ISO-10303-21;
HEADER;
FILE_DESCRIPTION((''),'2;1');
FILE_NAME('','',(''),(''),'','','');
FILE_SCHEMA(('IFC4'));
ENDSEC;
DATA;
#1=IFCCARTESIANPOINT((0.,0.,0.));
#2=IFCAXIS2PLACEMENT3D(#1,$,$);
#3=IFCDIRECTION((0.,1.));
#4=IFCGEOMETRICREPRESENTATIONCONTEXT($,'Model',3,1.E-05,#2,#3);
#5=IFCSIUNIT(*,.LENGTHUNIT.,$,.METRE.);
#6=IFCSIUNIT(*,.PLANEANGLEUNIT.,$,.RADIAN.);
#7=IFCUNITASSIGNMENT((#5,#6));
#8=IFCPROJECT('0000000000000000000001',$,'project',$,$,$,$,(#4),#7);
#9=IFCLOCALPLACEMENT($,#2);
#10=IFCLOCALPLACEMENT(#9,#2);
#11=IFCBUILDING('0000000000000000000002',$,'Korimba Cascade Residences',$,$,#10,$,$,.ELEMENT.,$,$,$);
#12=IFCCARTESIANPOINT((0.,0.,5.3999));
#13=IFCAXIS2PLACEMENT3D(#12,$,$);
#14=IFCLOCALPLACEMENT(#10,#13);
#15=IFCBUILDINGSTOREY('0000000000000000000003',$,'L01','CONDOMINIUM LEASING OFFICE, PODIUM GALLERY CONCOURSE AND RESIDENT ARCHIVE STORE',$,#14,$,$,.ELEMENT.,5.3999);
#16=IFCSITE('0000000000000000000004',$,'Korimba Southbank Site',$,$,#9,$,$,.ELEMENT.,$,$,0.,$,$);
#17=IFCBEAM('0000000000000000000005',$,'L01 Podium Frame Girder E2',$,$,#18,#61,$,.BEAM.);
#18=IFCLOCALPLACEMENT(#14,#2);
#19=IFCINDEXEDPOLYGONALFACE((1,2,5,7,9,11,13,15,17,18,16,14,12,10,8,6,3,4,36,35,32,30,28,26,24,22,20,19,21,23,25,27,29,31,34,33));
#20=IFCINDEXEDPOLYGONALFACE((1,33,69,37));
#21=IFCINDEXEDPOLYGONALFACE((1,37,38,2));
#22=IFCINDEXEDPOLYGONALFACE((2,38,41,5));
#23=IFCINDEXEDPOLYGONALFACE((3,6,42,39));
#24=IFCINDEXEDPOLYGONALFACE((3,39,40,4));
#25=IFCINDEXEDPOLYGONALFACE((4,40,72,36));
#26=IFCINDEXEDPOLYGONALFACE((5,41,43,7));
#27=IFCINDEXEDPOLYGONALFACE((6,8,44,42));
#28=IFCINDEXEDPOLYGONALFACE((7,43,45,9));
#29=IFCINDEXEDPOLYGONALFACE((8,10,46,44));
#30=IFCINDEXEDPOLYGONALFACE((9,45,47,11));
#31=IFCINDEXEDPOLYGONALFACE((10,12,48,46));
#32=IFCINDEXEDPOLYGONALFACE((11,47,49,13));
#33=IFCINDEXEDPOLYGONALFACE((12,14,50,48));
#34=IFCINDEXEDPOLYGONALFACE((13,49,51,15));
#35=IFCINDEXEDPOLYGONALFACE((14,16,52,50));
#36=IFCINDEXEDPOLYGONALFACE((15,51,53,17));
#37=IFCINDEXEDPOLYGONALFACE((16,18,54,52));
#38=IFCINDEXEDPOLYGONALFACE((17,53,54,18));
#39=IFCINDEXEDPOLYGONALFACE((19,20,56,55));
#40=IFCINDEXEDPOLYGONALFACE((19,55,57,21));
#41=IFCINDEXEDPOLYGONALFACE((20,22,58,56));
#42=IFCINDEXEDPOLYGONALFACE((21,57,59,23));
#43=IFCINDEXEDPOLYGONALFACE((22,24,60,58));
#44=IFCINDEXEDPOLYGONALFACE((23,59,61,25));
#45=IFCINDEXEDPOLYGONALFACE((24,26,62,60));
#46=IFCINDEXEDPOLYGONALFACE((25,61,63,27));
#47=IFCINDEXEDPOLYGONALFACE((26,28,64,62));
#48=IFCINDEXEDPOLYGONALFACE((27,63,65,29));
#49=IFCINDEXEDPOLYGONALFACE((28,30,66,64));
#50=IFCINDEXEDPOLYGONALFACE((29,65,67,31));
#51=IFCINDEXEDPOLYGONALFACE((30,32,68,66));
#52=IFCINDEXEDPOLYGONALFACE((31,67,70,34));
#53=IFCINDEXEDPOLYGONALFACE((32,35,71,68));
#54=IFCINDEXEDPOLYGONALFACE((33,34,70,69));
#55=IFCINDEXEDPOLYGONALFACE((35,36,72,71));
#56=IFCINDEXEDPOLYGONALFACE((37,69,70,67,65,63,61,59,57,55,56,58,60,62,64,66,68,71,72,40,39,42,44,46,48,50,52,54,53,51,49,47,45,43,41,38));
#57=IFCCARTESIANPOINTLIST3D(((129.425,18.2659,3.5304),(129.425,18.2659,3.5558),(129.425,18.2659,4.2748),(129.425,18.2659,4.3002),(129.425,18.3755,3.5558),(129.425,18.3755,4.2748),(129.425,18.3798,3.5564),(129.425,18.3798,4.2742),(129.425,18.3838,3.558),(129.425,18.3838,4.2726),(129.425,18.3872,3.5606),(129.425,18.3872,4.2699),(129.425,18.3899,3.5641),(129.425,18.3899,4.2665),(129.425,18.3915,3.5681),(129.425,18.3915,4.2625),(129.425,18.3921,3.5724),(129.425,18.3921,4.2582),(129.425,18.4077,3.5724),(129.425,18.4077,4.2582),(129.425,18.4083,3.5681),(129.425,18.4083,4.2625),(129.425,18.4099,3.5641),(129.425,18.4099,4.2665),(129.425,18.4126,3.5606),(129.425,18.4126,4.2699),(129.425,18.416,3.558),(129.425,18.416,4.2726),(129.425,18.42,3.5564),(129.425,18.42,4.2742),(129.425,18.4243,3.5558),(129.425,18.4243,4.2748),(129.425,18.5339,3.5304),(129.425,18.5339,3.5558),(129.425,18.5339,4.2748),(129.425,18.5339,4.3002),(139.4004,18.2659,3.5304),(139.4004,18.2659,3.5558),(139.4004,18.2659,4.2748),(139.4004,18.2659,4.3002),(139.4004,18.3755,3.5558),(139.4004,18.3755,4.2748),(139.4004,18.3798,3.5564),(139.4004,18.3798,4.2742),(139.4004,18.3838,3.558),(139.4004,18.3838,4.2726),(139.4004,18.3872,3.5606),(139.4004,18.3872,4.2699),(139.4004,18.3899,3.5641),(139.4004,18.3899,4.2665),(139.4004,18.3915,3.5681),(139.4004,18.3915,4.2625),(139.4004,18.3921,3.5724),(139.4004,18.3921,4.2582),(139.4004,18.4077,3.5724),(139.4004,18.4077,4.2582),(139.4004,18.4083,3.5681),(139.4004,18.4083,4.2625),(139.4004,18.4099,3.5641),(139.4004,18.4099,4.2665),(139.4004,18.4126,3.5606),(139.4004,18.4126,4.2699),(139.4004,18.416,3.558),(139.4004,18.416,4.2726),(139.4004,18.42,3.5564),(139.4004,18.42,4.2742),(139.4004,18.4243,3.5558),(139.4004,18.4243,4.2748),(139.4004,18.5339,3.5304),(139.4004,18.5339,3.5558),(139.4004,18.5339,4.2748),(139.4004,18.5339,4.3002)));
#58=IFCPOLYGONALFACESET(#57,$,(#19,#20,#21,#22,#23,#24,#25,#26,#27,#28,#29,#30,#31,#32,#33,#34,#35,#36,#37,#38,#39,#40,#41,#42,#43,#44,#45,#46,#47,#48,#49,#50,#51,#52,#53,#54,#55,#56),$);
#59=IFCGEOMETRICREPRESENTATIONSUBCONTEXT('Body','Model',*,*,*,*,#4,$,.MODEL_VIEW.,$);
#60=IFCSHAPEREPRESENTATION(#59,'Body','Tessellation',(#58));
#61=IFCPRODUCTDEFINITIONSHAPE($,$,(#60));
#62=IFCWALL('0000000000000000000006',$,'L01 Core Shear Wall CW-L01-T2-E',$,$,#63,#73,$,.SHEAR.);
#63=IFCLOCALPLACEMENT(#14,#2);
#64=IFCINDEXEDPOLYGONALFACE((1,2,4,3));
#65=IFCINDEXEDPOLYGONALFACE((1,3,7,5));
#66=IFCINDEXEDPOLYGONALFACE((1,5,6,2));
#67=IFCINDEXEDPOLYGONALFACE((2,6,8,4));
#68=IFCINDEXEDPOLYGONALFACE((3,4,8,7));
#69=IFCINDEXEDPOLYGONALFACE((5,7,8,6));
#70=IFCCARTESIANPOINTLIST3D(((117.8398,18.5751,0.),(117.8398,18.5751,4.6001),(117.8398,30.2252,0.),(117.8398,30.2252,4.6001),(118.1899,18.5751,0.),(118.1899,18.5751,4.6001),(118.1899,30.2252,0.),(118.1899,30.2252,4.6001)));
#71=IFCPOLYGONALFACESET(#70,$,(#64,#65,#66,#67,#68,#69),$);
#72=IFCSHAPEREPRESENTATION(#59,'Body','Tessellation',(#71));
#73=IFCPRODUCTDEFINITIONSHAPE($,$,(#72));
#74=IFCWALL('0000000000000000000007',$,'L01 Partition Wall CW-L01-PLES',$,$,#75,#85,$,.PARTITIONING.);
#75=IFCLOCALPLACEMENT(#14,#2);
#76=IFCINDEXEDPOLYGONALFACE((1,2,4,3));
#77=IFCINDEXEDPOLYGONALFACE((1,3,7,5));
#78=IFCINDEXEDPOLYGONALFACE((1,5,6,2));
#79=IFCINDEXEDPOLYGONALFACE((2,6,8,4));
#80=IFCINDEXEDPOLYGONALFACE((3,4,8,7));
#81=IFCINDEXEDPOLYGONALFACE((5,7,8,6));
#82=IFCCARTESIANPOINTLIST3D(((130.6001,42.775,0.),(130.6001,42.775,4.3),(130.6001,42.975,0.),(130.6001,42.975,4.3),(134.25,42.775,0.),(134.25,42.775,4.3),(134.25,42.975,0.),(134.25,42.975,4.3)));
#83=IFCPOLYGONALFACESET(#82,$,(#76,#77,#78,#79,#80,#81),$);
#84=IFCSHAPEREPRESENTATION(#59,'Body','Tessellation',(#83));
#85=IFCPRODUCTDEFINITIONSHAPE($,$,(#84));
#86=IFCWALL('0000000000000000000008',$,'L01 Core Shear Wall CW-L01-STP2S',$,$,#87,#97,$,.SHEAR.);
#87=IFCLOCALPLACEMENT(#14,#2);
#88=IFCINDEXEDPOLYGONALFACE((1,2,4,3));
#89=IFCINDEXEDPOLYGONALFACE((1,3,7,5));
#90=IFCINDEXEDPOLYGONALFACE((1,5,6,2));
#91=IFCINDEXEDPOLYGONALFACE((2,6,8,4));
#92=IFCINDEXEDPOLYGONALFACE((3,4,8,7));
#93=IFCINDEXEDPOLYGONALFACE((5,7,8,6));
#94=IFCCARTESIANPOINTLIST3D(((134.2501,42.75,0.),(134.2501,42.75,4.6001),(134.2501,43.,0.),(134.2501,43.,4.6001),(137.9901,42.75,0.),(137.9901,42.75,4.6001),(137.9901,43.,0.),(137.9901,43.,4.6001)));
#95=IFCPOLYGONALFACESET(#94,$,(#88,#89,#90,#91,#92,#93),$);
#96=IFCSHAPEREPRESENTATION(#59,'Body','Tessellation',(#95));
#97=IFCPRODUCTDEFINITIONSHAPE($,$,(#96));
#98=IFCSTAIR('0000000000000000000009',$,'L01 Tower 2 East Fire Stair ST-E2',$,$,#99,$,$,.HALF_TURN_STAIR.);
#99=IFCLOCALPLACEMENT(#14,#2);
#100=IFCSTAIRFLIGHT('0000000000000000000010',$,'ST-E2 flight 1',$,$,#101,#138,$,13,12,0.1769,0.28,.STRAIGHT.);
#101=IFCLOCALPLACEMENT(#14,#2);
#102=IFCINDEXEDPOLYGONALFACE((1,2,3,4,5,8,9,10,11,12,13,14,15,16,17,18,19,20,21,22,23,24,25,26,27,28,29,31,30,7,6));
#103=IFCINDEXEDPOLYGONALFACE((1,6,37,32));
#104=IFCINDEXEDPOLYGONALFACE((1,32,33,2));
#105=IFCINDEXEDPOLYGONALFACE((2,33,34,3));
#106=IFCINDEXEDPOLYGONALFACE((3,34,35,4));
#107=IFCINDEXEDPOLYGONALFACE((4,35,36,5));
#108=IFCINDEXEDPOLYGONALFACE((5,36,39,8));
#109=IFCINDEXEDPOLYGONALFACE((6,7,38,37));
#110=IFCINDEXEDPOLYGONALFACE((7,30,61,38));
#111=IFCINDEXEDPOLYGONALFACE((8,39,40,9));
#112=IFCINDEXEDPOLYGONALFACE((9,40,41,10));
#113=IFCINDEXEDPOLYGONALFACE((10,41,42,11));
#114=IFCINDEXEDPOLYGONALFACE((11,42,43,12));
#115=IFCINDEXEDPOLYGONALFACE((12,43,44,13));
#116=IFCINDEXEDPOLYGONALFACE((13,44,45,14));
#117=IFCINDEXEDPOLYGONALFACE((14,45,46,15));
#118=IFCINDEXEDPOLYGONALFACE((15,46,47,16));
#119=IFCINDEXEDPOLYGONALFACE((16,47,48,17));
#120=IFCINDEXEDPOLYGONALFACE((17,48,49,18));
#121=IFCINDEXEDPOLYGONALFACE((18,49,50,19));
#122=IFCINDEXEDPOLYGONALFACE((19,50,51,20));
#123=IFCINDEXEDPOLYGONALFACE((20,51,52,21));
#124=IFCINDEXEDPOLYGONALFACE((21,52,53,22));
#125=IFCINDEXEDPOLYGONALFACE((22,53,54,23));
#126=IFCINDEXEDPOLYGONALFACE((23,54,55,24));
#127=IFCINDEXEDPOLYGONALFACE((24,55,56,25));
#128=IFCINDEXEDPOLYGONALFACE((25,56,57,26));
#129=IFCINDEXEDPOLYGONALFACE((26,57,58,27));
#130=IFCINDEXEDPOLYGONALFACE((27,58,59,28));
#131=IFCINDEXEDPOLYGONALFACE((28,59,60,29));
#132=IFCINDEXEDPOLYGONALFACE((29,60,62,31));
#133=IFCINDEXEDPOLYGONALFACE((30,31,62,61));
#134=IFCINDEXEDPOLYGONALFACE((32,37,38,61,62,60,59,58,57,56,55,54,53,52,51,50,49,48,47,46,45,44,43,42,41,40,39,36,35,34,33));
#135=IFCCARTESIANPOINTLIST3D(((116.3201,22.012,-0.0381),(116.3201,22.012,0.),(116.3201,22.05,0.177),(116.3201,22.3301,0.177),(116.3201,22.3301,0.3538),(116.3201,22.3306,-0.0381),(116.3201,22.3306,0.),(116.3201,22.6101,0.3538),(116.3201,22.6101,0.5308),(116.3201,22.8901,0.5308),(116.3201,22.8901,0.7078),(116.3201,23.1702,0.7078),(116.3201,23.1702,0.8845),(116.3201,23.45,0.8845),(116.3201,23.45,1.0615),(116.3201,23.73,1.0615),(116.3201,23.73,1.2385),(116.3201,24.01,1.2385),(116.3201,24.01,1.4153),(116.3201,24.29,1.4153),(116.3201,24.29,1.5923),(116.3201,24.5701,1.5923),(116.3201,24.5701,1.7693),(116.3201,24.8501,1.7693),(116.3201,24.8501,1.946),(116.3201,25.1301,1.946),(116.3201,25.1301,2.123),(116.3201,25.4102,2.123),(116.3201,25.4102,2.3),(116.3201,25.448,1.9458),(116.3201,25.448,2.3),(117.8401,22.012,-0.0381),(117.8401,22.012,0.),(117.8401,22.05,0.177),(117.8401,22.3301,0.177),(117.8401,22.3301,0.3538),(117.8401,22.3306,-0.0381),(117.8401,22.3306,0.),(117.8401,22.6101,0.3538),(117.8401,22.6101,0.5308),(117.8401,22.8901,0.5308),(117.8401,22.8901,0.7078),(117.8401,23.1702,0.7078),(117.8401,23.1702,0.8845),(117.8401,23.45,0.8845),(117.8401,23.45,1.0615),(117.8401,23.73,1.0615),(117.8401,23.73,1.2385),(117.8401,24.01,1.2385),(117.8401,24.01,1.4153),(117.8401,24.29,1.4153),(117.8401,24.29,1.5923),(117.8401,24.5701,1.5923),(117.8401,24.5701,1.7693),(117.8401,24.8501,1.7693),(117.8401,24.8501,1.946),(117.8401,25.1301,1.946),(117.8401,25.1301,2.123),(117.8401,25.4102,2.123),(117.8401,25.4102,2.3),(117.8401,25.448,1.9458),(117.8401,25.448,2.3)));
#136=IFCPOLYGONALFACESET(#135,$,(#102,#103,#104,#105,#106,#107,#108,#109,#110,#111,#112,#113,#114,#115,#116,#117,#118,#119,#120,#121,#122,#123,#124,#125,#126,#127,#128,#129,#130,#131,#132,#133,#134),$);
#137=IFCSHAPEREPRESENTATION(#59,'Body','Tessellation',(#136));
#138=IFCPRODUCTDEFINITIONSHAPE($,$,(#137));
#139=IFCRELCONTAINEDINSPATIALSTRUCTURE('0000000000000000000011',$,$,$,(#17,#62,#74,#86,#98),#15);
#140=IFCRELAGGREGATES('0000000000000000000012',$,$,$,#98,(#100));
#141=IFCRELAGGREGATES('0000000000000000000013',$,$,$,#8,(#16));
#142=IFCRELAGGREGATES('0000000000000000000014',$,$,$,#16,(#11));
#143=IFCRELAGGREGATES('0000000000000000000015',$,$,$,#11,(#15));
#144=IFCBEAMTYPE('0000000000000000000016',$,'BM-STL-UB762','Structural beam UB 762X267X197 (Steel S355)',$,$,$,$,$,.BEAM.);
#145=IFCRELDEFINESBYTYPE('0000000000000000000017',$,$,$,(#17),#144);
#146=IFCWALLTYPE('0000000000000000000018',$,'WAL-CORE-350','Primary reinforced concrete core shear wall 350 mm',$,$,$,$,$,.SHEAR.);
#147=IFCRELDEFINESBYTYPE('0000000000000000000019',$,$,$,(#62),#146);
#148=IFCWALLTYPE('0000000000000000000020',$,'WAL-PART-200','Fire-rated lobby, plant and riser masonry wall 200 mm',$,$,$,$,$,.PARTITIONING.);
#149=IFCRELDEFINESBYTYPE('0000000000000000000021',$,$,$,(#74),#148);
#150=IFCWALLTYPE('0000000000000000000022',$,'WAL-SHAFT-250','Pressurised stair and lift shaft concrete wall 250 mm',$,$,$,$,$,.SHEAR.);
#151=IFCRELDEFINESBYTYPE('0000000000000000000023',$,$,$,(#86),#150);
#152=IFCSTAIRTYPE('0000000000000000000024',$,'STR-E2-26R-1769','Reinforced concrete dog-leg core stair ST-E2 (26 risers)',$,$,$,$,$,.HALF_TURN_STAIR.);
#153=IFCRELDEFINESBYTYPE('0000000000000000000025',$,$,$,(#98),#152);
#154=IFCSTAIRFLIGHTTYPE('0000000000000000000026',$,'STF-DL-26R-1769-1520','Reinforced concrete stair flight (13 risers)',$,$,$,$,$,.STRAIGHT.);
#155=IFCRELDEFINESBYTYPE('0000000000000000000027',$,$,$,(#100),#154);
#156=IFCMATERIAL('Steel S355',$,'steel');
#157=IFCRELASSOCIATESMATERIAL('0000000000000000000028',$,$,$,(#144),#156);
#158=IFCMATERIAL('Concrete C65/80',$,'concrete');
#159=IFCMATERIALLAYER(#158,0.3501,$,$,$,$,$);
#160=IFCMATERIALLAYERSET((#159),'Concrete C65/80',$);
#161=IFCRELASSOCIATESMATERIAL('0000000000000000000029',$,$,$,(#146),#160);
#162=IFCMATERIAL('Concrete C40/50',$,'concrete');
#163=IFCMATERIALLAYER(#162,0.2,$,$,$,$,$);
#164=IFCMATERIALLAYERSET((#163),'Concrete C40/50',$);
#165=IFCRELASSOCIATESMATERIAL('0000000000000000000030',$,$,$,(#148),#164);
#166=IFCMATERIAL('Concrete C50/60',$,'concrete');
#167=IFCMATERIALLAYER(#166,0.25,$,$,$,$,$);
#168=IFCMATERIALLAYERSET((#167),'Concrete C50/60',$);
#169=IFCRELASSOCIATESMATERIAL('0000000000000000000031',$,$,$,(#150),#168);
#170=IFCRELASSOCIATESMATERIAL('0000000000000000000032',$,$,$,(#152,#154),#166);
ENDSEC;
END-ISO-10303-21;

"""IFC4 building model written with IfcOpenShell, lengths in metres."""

from ifc_helpers import new_model, si_unit, direction, frame, frame_2d, origin, origin_2d, place, context, subcontext, project, spatial, polyline, rectangle, i_section, outline, extrude, material, layer, layer_set, material_profile, profile_set, type_object, element, aggregate, save


model = new_model("IFC4")

# Units and contexts
model_context = context("Model", 3, precision=1e-05, world=origin(), true_north=direction((0.0, 1.0)))
body_context = subcontext(model_context, "Body", "Model", "MODEL_VIEW")
ifc_project = project(units=[si_unit("LENGTHUNIT", "METRE"), si_unit("PLANEANGLEUNIT", "RADIAN")], contexts=[model_context])

# Site, building, storey
site_placement = place(None, origin())
site = spatial("IfcSite", under=ifc_project, at=site_placement, Name="Korimba Southbank Site", CompositionType="ELEMENT", RefElevation=0.0)
building_placement = place(site_placement, origin())
building = spatial("IfcBuilding", under=site, at=building_placement, Name="Korimba Cascade Residences", CompositionType="ELEMENT")
storey_placement = place(building_placement, frame((0.0, 0.0, 5.3999)))
storey = spatial("IfcBuildingStorey", under=building, at=storey_placement, Name="L01", Description="CONDOMINIUM LEASING OFFICE, PODIUM GALLERY CONCOURSE AND RESIDENT ARCHIVE STORE", CompositionType="ELEMENT", Elevation=5.3999)

# Shared definitions
ifc_material_1 = material(Name="Steel S355", Category="steel")

# Beam
ifc_material_2 = material(Name="Concrete C50/60", Category="concrete")
ifc_material_profile_1 = material_profile(ifc_material_1, i_section(OverallWidth=0.2681, OverallDepth=0.7698, WebThickness=0.0156, FlangeThickness=0.0254, FilletRadius=0.0166, at=origin_2d()), Name="Steel S355")
ifc_profile_set_1 = profile_set([ifc_material_profile_1], Name="Steel S355")
beam_type_1 = type_object("IfcBeamType", Name="BM-STL-UB762", Description="Structural beam UB 762X267X197 (Steel S355)", PredefinedType="BEAM", material=ifc_profile_set_1)
beam_1_placement = place(storey_placement, frame((129.425, 18.3999, 3.9153), z_axis=(1.0, 0.0, 0.0), x_axis=(0.0, 1.0, 0.0)))
element("IfcBeam", 1, at=beam_1_placement, inside=storey, type_object=beam_type_1, Name="L01 Podium Frame Girder E2", PredefinedType="BEAM", context=body_context, shape_type="SweptSolid", body=[
    extrude(i_section(OverallWidth=0.2681, OverallDepth=0.7698, WebThickness=0.0156, FlangeThickness=0.0254, FilletRadius=0.0166, at=origin_2d()), origin(), (0.0, 0.0, 1.0), 9.9753),
])

# Wall
ifc_material_3 = material(Name="Concrete C65/80", Category="concrete")
ifc_layer_1 = layer(ifc_material_3, 0.3501)
ifc_layer_set_1 = layer_set([ifc_layer_1], Name="Concrete C65/80")
wall_type_1 = type_object("IfcWallType", Name="WAL-CORE-350", Description="Primary reinforced concrete core shear wall 350 mm", PredefinedType="SHEAR", material=ifc_layer_set_1)
wall_1_placement = place(storey_placement, frame((118.0149, 18.575, 0.0), z_axis=(0.0, 0.0, 1.0), x_axis=(0.0, 1.0, 0.0)))
element("IfcWall", 2, at=wall_1_placement, inside=storey, type_object=wall_type_1, Name="L01 Core Shear Wall CW-L01-T2-E", PredefinedType="SHEAR", context=body_context, shape_type="SweptSolid", body=[
    extrude(rectangle(XDim=11.6501, YDim=0.3501, at=frame_2d((5.8252, 0.0))), origin(), (0.0, 0.0, 1.0), 4.6001),
])

# Shared definitions
ifc_material_4 = material(Name="Concrete C40/50", Category="concrete")
ifc_layer_2 = layer(ifc_material_4, 0.2)
ifc_layer_set_2 = layer_set([ifc_layer_2], Name="Concrete C40/50")
wall_type_2 = type_object("IfcWallType", Name="WAL-PART-200", Description="Fire-rated lobby, plant and riser masonry wall 200 mm", PredefinedType="PARTITIONING", material=ifc_layer_set_2)

# Walls
wall_2_placement = place(storey_placement, frame((130.6001, 42.875, 0.0), z_axis=(0.0, 0.0, 1.0), x_axis=(1.0, 0.0, 0.0)))
element("IfcWall", 3, at=wall_2_placement, inside=storey, type_object=wall_type_2, Name="L01 Partition Wall CW-L01-PLES", PredefinedType="PARTITIONING", context=body_context, shape_type="SweptSolid", body=[
    extrude(rectangle(XDim=3.6499, YDim=0.2, at=frame_2d((1.825, 0.0))), origin(), (0.0, 0.0, 1.0), 4.3),
])
ifc_layer_3 = layer(ifc_material_2, 0.25)
ifc_layer_set_3 = layer_set([ifc_layer_3], Name="Concrete C50/60")
wall_type_3 = type_object("IfcWallType", Name="WAL-SHAFT-250", Description="Pressurised stair and lift shaft concrete wall 250 mm", PredefinedType="SHEAR", material=ifc_layer_set_3)
wall_3_placement = place(storey_placement, frame((134.25, 42.875, 0.0), z_axis=(0.0, 0.0, 1.0), x_axis=(1.0, 0.0, 0.0)))
element("IfcWall", 4, at=wall_3_placement, inside=storey, type_object=wall_type_3, Name="L01 Core Shear Wall CW-L01-STP2S", PredefinedType="SHEAR", context=body_context, shape_type="SweptSolid", body=[
    extrude(rectangle(XDim=3.74, YDim=0.25, at=frame_2d((1.8701, 0.0))), origin(), (0.0, 0.0, 1.0), 4.6001),
])

# Stair, stair flight
stair_type = type_object("IfcStairType", Name="STR-E2-26R-1769", Description="Reinforced concrete dog-leg core stair ST-E2 (26 risers)", PredefinedType="HALF_TURN_STAIR", material=ifc_material_2)
stair_placement = place(storey_placement, origin())
stair = element("IfcStair", 5, at=stair_placement, inside=storey, type_object=stair_type, Name="L01 Tower 2 East Fire Stair ST-E2", PredefinedType="HALF_TURN_STAIR")
stair_flight_type = type_object("IfcStairFlightType", Name="STF-DL-26R-1769-1520", Description="Reinforced concrete stair flight (13 risers)", PredefinedType="STRAIGHT", material=ifc_material_2)
stair_flight_placement = place(storey_placement, frame((117.0801, 22.05, 0.0), z_axis=(0.0, 0.0, 1.0), x_axis=(0.0, 1.0, 0.0)))
stair_flight = element("IfcStairFlight", 6, at=stair_flight_placement, type_object=stair_flight_type, Name="ST-E2 flight 1", NumberOfRisers=13, NumberOfTreads=12, PredefinedType="STRAIGHT", RiserHeight=0.1769, TreadLength=0.28, context=body_context, shape_type="SweptSolid", body=[
    extrude(outline(polyline([(-0.0381, 0.0), (0.0, 0.177), (0.28, 0.177), (0.28, 0.3538), (0.5601, 0.3538), (0.5601, 0.5308), (0.8401, 0.5308), (0.8401, 0.7078), (1.1201, 0.7078), (1.1201, 0.8845), (1.3999, 0.8845), (1.3999, 1.0615), (1.6799, 1.0615), (1.6799, 1.2385), (1.96, 1.2385), (1.96, 1.4153), (2.24, 1.4153), (2.24, 1.5923), (2.52, 1.5923), (2.52, 1.7693), (2.8, 1.7693), (2.8, 1.946), (3.0801, 1.946), (3.0801, 2.123), (3.3601, 2.123), (3.3601, 2.3), (3.3979, 2.3), (3.3979, 1.9458), (0.2805, 0.0), (0.2805, -0.0381), (-0.0381, -0.0381), (-0.0381, 0.0)])), frame((0.0, 0.76, 0.0), z_axis=(0.0, -1.0, 0.0), x_axis=(1.0, 0.0, 0.0)), (0.0, 0.0, 1.0), 1.52),
])
aggregate(stair, [stair_flight])

save(model, "model.ifc")
